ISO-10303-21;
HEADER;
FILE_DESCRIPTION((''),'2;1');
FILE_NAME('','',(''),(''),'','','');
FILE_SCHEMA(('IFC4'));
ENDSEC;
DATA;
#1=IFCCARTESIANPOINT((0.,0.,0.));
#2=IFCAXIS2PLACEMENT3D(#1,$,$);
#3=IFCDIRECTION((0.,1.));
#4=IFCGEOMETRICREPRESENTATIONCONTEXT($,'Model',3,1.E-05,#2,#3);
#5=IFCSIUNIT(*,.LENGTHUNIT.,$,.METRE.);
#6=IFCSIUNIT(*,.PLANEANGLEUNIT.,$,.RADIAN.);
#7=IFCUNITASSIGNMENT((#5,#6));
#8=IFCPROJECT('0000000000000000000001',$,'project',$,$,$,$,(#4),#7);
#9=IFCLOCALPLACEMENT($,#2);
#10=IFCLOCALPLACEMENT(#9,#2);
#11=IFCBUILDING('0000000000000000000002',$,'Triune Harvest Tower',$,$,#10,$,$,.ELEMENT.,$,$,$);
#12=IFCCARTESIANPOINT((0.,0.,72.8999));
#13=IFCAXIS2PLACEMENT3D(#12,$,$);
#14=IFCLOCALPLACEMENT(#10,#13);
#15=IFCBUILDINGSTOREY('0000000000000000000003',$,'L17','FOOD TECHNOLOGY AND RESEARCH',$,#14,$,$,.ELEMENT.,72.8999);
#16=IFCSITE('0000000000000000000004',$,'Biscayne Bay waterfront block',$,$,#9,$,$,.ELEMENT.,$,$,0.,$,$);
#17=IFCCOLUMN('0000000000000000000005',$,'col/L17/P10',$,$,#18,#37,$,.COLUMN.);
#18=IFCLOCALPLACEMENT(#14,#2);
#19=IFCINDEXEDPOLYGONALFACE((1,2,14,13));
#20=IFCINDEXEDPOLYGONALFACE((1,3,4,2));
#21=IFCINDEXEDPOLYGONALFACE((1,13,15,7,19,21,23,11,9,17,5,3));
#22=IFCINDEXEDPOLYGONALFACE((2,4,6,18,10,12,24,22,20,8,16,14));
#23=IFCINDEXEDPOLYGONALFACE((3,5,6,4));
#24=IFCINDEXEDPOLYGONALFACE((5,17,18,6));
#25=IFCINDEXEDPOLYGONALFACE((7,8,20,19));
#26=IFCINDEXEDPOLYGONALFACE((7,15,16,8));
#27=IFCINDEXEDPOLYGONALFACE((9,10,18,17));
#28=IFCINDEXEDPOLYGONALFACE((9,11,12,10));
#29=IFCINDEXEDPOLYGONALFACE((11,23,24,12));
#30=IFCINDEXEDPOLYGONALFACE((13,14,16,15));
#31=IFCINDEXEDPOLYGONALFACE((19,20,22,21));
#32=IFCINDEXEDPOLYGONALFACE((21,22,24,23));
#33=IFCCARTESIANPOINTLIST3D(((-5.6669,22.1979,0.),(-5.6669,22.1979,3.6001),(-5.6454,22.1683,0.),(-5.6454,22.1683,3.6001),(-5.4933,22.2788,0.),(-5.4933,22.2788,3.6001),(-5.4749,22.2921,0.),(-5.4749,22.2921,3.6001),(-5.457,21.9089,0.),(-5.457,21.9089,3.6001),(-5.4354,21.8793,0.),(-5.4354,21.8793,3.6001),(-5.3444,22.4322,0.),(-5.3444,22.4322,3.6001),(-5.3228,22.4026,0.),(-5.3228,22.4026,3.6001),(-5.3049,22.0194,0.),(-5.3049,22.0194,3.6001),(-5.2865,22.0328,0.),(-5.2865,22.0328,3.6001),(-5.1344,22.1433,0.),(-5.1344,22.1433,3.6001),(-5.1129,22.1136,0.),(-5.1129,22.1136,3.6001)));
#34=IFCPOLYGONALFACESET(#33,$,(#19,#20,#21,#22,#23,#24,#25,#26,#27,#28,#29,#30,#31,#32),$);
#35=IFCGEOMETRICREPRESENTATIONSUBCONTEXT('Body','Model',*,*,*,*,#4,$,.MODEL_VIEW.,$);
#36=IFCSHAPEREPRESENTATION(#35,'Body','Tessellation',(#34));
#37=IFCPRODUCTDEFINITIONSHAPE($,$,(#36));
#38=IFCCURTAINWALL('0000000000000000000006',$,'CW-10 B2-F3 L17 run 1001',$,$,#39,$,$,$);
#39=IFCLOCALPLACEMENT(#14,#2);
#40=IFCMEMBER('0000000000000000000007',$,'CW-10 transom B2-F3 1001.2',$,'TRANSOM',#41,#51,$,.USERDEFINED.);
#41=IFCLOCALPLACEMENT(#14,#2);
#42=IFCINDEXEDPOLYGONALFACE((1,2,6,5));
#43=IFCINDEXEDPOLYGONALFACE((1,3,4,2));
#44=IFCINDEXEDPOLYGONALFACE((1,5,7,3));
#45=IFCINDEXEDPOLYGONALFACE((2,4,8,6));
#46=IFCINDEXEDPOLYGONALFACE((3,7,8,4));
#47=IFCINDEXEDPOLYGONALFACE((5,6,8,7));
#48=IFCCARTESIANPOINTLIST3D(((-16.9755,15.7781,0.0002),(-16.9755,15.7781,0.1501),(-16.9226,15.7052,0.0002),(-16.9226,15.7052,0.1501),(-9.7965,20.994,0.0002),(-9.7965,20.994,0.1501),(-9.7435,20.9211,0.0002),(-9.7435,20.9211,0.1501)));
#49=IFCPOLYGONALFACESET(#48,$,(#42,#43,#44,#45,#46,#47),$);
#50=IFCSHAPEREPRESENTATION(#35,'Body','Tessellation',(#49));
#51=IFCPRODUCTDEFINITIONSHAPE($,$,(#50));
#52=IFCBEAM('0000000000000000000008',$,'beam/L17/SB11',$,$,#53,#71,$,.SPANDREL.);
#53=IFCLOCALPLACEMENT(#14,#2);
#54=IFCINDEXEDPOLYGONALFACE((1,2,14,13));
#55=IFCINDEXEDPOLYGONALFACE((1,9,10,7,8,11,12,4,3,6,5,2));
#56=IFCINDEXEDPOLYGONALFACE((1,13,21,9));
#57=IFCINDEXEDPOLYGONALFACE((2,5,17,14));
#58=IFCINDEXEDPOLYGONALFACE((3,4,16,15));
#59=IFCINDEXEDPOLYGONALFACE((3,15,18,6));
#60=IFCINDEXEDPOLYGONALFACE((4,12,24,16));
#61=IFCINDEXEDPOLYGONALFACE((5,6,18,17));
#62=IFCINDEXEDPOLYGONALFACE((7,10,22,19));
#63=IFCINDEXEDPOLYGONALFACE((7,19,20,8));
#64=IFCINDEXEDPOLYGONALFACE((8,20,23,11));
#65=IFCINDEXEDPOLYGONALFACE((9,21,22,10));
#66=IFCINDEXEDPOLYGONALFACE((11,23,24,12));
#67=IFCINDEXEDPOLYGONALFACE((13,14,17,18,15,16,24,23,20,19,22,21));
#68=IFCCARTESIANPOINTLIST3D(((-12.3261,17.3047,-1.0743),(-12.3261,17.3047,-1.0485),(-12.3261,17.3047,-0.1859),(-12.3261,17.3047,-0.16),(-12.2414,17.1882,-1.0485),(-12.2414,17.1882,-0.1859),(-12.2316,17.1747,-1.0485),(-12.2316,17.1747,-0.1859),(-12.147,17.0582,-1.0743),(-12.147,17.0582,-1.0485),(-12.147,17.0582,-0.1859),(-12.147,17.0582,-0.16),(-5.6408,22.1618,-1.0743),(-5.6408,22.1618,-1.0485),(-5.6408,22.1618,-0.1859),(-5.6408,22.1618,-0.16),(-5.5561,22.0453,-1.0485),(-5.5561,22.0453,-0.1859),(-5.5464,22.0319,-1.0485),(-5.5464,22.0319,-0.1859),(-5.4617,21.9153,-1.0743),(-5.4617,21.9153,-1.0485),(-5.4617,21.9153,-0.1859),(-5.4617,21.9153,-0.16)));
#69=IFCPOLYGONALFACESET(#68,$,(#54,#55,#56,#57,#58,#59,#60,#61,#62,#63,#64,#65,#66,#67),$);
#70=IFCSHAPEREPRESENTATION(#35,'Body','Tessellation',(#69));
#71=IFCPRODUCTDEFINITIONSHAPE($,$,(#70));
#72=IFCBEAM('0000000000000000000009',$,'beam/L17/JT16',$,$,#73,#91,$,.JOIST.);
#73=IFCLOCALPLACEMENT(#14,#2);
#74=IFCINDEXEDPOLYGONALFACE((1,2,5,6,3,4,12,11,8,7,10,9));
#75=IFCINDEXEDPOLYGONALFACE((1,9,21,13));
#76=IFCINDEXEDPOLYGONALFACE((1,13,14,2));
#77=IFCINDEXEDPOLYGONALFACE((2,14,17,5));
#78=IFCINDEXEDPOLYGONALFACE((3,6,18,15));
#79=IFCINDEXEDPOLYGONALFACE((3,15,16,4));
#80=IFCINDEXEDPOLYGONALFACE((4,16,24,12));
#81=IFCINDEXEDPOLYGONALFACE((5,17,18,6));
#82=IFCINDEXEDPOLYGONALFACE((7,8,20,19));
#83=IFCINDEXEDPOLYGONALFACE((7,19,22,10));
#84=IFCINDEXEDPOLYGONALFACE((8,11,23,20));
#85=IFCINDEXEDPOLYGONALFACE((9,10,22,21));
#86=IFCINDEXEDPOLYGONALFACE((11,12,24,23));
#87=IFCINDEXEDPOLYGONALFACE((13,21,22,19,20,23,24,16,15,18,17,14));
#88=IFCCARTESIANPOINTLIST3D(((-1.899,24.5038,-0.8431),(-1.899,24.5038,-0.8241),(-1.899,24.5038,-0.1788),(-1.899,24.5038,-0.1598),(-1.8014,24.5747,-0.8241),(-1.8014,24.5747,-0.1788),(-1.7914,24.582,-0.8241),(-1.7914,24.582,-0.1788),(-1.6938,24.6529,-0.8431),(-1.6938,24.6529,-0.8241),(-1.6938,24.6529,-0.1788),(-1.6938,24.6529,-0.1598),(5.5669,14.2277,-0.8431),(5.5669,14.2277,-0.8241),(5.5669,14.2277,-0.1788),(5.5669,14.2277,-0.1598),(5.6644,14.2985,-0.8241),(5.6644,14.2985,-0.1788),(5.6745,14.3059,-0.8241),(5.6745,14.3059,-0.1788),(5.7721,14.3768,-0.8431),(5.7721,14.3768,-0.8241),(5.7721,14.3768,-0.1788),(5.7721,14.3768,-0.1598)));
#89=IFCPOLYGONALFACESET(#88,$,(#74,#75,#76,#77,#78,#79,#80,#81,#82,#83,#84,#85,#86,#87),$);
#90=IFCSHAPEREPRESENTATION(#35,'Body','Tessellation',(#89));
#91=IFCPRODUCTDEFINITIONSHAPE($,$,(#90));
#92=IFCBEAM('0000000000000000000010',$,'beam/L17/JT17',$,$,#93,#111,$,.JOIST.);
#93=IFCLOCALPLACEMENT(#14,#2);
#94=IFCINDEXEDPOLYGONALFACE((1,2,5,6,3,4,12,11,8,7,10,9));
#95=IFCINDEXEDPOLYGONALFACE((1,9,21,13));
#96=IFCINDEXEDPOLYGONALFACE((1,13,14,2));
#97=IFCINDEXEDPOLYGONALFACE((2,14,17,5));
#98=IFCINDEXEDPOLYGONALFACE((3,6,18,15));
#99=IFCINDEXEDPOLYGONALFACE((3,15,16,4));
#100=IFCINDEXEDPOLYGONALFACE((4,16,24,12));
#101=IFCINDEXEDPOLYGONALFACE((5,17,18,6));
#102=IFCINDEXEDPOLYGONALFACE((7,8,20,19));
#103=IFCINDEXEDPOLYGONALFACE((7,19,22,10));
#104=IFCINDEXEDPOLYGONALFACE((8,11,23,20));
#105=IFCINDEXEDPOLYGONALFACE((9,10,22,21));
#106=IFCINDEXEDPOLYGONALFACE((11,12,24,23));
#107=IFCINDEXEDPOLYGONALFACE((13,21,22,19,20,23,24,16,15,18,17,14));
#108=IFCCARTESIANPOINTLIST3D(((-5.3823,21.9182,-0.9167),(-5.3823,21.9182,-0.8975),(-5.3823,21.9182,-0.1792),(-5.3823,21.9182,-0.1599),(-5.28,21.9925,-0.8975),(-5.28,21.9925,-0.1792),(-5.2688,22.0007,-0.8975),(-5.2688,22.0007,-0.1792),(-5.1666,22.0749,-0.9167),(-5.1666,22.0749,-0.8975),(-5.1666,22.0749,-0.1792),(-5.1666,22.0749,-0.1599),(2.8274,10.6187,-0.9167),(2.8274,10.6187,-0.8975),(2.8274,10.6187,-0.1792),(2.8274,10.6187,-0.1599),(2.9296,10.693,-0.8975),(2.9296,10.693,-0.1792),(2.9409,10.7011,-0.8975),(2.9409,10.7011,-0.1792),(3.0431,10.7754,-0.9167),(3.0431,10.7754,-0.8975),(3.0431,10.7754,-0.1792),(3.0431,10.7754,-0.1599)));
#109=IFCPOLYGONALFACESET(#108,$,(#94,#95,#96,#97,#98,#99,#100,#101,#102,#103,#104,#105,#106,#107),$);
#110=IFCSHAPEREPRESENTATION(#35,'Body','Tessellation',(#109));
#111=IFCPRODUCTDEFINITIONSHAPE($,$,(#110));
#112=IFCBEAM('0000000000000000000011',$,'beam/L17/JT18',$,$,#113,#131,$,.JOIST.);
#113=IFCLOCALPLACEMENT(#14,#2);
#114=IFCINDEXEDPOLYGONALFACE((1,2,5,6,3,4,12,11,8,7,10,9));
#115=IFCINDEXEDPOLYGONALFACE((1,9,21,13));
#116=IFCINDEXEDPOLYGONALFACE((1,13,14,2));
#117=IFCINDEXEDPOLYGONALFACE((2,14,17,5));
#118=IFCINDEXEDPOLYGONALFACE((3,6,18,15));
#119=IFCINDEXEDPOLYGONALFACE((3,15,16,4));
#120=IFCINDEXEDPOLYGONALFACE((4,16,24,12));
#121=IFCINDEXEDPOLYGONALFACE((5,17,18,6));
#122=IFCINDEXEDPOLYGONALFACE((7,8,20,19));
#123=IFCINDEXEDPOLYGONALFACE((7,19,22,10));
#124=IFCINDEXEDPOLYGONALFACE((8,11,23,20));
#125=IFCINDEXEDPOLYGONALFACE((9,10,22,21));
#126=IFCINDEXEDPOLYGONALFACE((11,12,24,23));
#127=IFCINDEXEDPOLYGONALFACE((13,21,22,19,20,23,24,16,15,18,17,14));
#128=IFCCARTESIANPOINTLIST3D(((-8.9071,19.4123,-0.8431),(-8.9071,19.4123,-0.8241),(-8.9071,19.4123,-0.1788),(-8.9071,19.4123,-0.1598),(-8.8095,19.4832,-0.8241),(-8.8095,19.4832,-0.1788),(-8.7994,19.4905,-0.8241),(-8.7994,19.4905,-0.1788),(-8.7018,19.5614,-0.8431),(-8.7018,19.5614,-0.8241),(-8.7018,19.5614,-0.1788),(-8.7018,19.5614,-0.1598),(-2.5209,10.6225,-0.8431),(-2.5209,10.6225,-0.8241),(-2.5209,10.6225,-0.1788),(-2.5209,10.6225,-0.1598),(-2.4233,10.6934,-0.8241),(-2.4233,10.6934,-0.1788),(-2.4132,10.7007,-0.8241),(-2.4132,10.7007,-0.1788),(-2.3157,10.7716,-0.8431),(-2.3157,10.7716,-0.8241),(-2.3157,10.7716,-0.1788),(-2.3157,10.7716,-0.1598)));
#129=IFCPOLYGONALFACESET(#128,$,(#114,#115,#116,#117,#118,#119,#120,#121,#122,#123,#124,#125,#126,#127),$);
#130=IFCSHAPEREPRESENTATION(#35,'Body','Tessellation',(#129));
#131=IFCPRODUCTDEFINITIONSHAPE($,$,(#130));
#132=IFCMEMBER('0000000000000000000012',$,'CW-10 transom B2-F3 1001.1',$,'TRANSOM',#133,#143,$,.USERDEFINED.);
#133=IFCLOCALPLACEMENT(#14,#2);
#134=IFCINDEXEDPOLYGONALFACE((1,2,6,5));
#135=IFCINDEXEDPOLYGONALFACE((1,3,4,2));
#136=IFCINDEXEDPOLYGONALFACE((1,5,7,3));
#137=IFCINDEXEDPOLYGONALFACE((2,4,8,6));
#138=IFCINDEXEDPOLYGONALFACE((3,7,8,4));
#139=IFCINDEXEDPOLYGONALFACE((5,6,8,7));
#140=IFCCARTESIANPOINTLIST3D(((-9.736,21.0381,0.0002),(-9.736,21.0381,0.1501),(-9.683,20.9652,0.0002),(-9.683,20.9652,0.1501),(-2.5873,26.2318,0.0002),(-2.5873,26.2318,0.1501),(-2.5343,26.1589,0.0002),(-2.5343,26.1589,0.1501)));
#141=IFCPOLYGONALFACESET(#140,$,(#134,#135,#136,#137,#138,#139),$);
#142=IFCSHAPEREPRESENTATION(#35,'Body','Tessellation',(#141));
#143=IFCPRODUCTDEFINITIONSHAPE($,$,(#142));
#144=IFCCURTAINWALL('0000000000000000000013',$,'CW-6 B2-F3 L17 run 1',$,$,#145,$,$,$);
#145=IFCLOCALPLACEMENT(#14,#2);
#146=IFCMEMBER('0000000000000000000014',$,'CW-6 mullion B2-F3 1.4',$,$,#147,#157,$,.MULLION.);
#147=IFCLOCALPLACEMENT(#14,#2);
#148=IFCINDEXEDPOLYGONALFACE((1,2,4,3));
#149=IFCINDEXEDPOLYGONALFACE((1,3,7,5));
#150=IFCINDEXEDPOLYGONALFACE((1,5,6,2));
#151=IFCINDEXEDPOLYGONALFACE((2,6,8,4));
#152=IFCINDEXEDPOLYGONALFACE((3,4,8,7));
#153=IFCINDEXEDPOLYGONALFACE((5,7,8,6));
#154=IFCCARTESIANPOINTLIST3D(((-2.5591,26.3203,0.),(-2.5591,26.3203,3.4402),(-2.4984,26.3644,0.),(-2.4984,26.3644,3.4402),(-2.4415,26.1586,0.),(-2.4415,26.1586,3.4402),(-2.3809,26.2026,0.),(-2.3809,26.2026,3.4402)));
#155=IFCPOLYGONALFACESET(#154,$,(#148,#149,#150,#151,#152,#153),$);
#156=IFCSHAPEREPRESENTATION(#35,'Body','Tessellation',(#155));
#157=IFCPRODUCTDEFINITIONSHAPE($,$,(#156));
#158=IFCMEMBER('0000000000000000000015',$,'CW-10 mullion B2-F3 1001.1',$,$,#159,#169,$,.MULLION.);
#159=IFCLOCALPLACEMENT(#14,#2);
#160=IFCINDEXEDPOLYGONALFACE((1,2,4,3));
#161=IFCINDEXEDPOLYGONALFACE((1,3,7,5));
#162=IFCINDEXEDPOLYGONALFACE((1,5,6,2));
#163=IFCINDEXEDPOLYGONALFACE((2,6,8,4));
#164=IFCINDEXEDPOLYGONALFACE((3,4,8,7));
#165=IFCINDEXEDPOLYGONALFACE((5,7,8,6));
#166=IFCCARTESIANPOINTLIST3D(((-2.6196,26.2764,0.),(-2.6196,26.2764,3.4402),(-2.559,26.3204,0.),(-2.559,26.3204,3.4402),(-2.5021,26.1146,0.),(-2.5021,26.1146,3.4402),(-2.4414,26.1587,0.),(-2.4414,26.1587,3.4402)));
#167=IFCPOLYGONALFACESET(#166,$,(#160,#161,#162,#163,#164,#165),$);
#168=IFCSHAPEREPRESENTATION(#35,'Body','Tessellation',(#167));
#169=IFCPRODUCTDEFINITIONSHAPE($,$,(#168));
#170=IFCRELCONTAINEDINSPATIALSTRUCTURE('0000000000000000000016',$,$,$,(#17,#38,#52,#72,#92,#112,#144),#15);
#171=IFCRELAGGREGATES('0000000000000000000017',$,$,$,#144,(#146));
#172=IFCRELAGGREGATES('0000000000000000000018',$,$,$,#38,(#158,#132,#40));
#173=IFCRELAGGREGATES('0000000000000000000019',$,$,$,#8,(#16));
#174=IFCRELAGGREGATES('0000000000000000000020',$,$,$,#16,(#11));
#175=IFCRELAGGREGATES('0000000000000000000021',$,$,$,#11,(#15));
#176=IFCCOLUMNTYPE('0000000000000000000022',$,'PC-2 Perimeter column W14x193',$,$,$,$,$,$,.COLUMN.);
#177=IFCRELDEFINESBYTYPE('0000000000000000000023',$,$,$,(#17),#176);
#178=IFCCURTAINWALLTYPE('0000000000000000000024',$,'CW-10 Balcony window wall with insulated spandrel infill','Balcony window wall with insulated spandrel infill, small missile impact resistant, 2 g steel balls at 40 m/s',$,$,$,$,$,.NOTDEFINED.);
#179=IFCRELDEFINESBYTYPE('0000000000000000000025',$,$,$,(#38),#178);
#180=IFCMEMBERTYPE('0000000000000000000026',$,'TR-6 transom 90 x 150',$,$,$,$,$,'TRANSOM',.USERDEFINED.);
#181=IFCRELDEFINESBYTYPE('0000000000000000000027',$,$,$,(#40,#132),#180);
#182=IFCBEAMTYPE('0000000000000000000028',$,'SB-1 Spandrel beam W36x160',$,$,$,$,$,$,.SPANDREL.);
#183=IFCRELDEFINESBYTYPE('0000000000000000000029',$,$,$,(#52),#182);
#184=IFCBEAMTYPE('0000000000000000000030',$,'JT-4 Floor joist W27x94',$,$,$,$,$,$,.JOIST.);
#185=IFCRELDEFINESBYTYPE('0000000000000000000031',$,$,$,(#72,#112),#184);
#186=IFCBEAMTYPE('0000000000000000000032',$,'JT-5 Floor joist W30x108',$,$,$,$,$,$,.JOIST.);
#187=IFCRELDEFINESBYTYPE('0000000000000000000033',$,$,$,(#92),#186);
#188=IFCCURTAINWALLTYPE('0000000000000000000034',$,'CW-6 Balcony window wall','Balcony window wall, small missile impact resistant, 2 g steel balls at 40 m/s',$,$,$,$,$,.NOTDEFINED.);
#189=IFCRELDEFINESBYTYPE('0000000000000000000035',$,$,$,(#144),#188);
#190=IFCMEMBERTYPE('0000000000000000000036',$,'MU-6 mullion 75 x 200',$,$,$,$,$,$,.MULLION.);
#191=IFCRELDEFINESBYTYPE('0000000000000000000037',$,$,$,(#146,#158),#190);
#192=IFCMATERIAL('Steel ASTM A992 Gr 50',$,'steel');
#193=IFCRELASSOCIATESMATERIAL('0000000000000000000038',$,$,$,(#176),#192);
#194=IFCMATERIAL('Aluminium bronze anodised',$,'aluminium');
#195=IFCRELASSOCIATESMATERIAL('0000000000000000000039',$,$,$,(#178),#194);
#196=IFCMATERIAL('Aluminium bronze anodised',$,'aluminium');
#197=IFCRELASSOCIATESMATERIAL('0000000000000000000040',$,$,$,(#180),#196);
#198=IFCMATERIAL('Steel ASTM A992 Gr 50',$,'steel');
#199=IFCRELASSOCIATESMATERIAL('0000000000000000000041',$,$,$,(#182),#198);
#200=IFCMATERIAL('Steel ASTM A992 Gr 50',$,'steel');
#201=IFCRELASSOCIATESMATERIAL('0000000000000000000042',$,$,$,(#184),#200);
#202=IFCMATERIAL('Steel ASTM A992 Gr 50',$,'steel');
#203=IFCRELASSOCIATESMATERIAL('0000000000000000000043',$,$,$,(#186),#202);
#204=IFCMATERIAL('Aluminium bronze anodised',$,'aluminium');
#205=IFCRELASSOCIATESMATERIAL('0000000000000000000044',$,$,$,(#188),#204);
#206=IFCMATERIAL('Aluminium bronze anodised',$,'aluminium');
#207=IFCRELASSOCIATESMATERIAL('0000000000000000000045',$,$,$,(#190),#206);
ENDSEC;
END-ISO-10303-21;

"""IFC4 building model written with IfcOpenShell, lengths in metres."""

from ifc_helpers import new_model, si_unit, direction, frame, origin, origin_2d, place, context, subcontext, project, spatial, rectangle, i_section, extrude, source, transform, mapped, material, material_profile, profile_set, type_object, element, aggregate, save


model = new_model("IFC4")

# Units and contexts
model_context = context("Model", 3, precision=1e-05, world=origin(), true_north=direction((0.0, 1.0)))
body_context = subcontext(model_context, "Body", "Model", "MODEL_VIEW")
ifc_project = project(units=[si_unit("LENGTHUNIT", "METRE"), si_unit("PLANEANGLEUNIT", "RADIAN")], contexts=[model_context])

# Site, building, storey
site_placement = place(None, origin())
site = spatial("IfcSite", under=ifc_project, at=site_placement, Name="Biscayne Bay waterfront block", CompositionType="ELEMENT", RefElevation=0.0)
building_placement = place(site_placement, origin())
building = spatial("IfcBuilding", under=site, at=building_placement, Name="Triune Harvest Tower", CompositionType="ELEMENT")
storey_placement = place(building_placement, frame((0.0, 0.0, 72.8999)))
storey = spatial("IfcBuildingStorey", under=building, at=storey_placement, Name="L17", Description="FOOD TECHNOLOGY AND RESEARCH", CompositionType="ELEMENT", Elevation=72.8999)

# Column
ifc_material_1 = material(Name="Steel ASTM A992 Gr 50", Category="steel")
ifc_material_profile_1 = material_profile(ifc_material_1, i_section(OverallWidth=0.3987, OverallDepth=0.3938, WebThickness=0.0227, FlangeThickness=0.0366, at=origin_2d()), Name="W14x193")
ifc_profile_set_1 = profile_set([ifc_material_profile_1], Name="Steel ASTM A992 Gr 50")
column_type = type_object("IfcColumnType", Name="PC-2 Perimeter column W14x193", PredefinedType="COLUMN", material=ifc_profile_set_1)
shared_shape_1 = source(origin(), body_context, "Body", "SweptSolid", [
    extrude(i_section(OverallWidth=0.3987, OverallDepth=0.3938, WebThickness=0.0227, FlangeThickness=0.0366, at=origin_2d()), origin(), (0.0, 0.0, 1.0), 3.6001),
])
column_placement = place(storey_placement, frame((-5.3899, 22.1558, 0.0), z_axis=(0.0, 0.0, 1.0), x_axis=(-0.809017, -0.587785, 0.0)))
element("IfcColumn", 1, at=column_placement, inside=storey, type_object=column_type, Name="col/L17/P10", PredefinedType="COLUMN", context=body_context, shape_type="MappedRepresentation", body=[
    mapped(shared_shape_1, transform((0.0, 0.0, 0.0), scale=1.0)),
])

# Curtain wall, member
ifc_material_2 = material(Name="Aluminium bronze anodised", Category="aluminium")
curtain_wall_type_1 = type_object("IfcCurtainWallType", Name="CW-10 Balcony window wall with insulated spandrel infill", Description="Balcony window wall with insulated spandrel infill, small missile impact resistant, 2 g steel balls at 40 m/s", PredefinedType="NOTDEFINED", material=ifc_material_2)
curtain_wall_1_placement = place(storey_placement, origin())
curtain_wall_1 = element("IfcCurtainWall", 2, at=curtain_wall_1_placement, inside=storey, type_object=curtain_wall_type_1, Name="CW-10 B2-F3 L17 run 1001")
ifc_material_3 = material(Name="Aluminium bronze anodised", Category="aluminium")
ifc_material_profile_2 = material_profile(ifc_material_3, rectangle(XDim=0.0901, YDim=0.1499, at=origin_2d()), Name="TR-6 transom 90 x 150")
ifc_profile_set_2 = profile_set([ifc_material_profile_2], Name="Aluminium bronze anodised")
member_type_1 = type_object("IfcMemberType", Name="TR-6 transom 90 x 150", ElementType="TRANSOM", PredefinedType="USERDEFINED", material=ifc_profile_set_2)
member_1_placement = place(storey_placement, frame((-9.77, 20.9575, 0.0752), z_axis=(-0.809017, -0.587786, 0.0), x_axis=(0.587786, -0.809017, 0.0)))
member_1 = element("IfcMember", 3, at=member_1_placement, type_object=member_type_1, Name="CW-10 transom B2-F3 1001.2", ObjectType="TRANSOM", PredefinedType="USERDEFINED", context=body_context, shape_type="SweptSolid", body=[
    extrude(rectangle(XDim=0.0901, YDim=0.1499, at=origin_2d()), origin(), (0.0, 0.0, 1.0), 8.8738),
])

# Beams
ifc_material_4 = material(Name="Steel ASTM A992 Gr 50", Category="steel")
ifc_material_profile_3 = material_profile(ifc_material_4, i_section(OverallWidth=0.3047, OverallDepth=0.9143, WebThickness=0.0166, FlangeThickness=0.0259, at=origin_2d()), Name="W36x160")
ifc_profile_set_3 = profile_set([ifc_material_profile_3], Name="Steel ASTM A992 Gr 50")
beam_type_1 = type_object("IfcBeamType", Name="SB-1 Spandrel beam W36x160", PredefinedType="SPANDREL", material=ifc_profile_set_3)
shared_shape_2 = source(origin(), body_context, "Body", "SweptSolid", [
    extrude(i_section(OverallWidth=0.3047, OverallDepth=0.9143, WebThickness=0.0166, FlangeThickness=0.0259, at=origin_2d()), origin(), (0.0, 0.0, 1.0), 8.2634),
])
beam_1_placement = place(storey_placement, frame((-5.5513, 22.0386, -0.6172), z_axis=(-0.809016, -0.587787, 0.0), x_axis=(0.587787, -0.809016, 0.0)))
element("IfcBeam", 4, at=beam_1_placement, inside=storey, type_object=beam_type_1, Name="beam/L17/SB11", PredefinedType="SPANDREL", context=body_context, shape_type="MappedRepresentation", body=[
    mapped(shared_shape_2, transform((0.0, 0.0, 0.0), scale=1.0)),
])
ifc_material_5 = material(Name="Steel ASTM A992 Gr 50", Category="steel")
ifc_material_profile_4 = material_profile(ifc_material_5, i_section(OverallWidth=0.2537, OverallDepth=0.6833, WebThickness=0.0125, FlangeThickness=0.019, at=origin_2d()), Name="W27x94")
ifc_profile_set_4 = profile_set([ifc_material_profile_4], Name="Steel ASTM A992 Gr 50")
beam_type_2 = type_object("IfcBeamType", Name="JT-4 Floor joist W27x94", PredefinedType="JOIST", material=ifc_profile_set_4)
shared_shape_3 = source(origin(), body_context, "Body", "SweptSolid", [
    extrude(i_section(OverallWidth=0.2537, OverallDepth=0.6833, WebThickness=0.0125, FlangeThickness=0.019, at=origin_2d()), origin(), (0.0, 0.0, 1.0), 12.7019),
])
beam_2_placement = place(storey_placement, frame((-1.7964, 24.5784, -0.5015), z_axis=(0.587774, -0.809025, 0.0), x_axis=(0.809025, 0.587774, 0.0)))
element("IfcBeam", 5, at=beam_2_placement, inside=storey, type_object=beam_type_2, Name="beam/L17/JT16", PredefinedType="JOIST", context=body_context, shape_type="MappedRepresentation", body=[
    mapped(shared_shape_3, transform((0.0, 0.0, 0.0), scale=1.0)),
])
ifc_material_6 = material(Name="Steel ASTM A992 Gr 50", Category="steel")
ifc_material_profile_5 = material_profile(ifc_material_6, i_section(OverallWidth=0.2666, OverallDepth=0.7568, WebThickness=0.0139, FlangeThickness=0.0193, at=origin_2d()), Name="W30x108")
ifc_profile_set_5 = profile_set([ifc_material_profile_5], Name="Steel ASTM A992 Gr 50")
beam_type_3 = type_object("IfcBeamType", Name="JT-5 Floor joist W30x108", PredefinedType="JOIST", material=ifc_profile_set_5)
shared_shape_4 = source(origin(), body_context, "Body", "SweptSolid", [
    extrude(i_section(OverallWidth=0.2666, OverallDepth=0.7568, WebThickness=0.0139, FlangeThickness=0.0193, at=origin_2d()), origin(), (0.0, 0.0, 1.0), 13.967),
])
beam_3_placement = place(storey_placement, frame((-5.2744, 21.9966, -0.5383), z_axis=(0.58779, -0.809013, 0.0), x_axis=(0.809013, 0.58779, 0.0)))
element("IfcBeam", 6, at=beam_3_placement, inside=storey, type_object=beam_type_3, Name="beam/L17/JT17", PredefinedType="JOIST", context=body_context, shape_type="MappedRepresentation", body=[
    mapped(shared_shape_4, transform((0.0, 0.0, 0.0), scale=1.0)),
])
shared_shape_5 = source(origin(), body_context, "Body", "SweptSolid", [
    extrude(i_section(OverallWidth=0.2537, OverallDepth=0.6833, WebThickness=0.0125, FlangeThickness=0.019, at=origin_2d()), origin(), (0.0, 0.0, 1.0), 10.8647),
])
beam_4_placement = place(storey_placement, frame((-8.8044, 19.4868, -0.5015), z_axis=(0.58779, -0.809014, 0.0), x_axis=(0.809014, 0.58779, 0.0)))
element("IfcBeam", 7, at=beam_4_placement, inside=storey, type_object=beam_type_2, Name="beam/L17/JT18", PredefinedType="JOIST", context=body_context, shape_type="MappedRepresentation", body=[
    mapped(shared_shape_5, transform((0.0, 0.0, 0.0), scale=1.0)),
])

# Member
shared_shape_6 = source(origin(), body_context, "Body", "SweptSolid", [
    extrude(rectangle(XDim=0.0901, YDim=0.1499, at=origin_2d()), origin(), (0.0, 0.0, 1.0), 8.8362),
])
member_2_placement = place(storey_placement, frame((-2.5608, 26.1953, 0.0752), z_axis=(-0.809029, -0.587769, 0.0), x_axis=(0.587769, -0.809029, 0.0)))
member_2 = element("IfcMember", 8, at=member_2_placement, type_object=member_type_1, Name="CW-10 transom B2-F3 1001.1", ObjectType="TRANSOM", PredefinedType="USERDEFINED", context=body_context, shape_type="MappedRepresentation", body=[
    mapped(shared_shape_6, transform((0.0, 0.0, 0.0), scale=1.0)),
])

# Curtain wall, member
ifc_material_7 = material(Name="Aluminium bronze anodised", Category="aluminium")
curtain_wall_type_2 = type_object("IfcCurtainWallType", Name="CW-6 Balcony window wall", Description="Balcony window wall, small missile impact resistant, 2 g steel balls at 40 m/s", PredefinedType="NOTDEFINED", material=ifc_material_7)
curtain_wall_2_placement = place(storey_placement, origin())
curtain_wall_2 = element("IfcCurtainWall", 9, at=curtain_wall_2_placement, inside=storey, type_object=curtain_wall_type_2, Name="CW-6 B2-F3 L17 run 1")
ifc_material_8 = material(Name="Aluminium bronze anodised", Category="aluminium")
ifc_material_profile_6 = material_profile(ifc_material_8, rectangle(XDim=0.2, YDim=0.075, at=origin_2d()), Name="MU-6 mullion 75 x 200")
ifc_profile_set_6 = profile_set([ifc_material_profile_6], Name="Aluminium bronze anodised")
member_type_2 = type_object("IfcMemberType", Name="MU-6 mullion 75 x 200", PredefinedType="MULLION", material=ifc_profile_set_6)
shared_shape_7 = source(origin(), body_context, "Body", "SweptSolid", [
    extrude(rectangle(XDim=0.2, YDim=0.075, at=origin_2d()), origin(), (0.0, 0.0, 1.0), 3.4402),
])
member_3_placement = place(storey_placement, frame((-2.47, 26.2615, 0.0), z_axis=(0.0, 0.0, 1.0), x_axis=(0.587785, -0.809017, 0.0)))
member_3 = element("IfcMember", 10, at=member_3_placement, type_object=member_type_2, Name="CW-6 mullion B2-F3 1.4", PredefinedType="MULLION", context=body_context, shape_type="MappedRepresentation", body=[
    mapped(shared_shape_7, transform((0.0, 0.0, 0.0), scale=1.0)),
])

# Member
member_4_placement = place(storey_placement, frame((-2.5305, 26.2175, 0.0), z_axis=(0.0, 0.0, 1.0), x_axis=(0.587785, -0.809017, 0.0)))
member_4 = element("IfcMember", 11, at=member_4_placement, type_object=member_type_2, Name="CW-10 mullion B2-F3 1001.1", PredefinedType="MULLION", context=body_context, shape_type="MappedRepresentation", body=[
    mapped(shared_shape_7, transform((0.0, 0.0, 0.0), scale=1.0)),
])

aggregate(curtain_wall_2, [member_3])
aggregate(curtain_wall_1, [member_4, member_2, member_1])

save(model, "model.ifc")
